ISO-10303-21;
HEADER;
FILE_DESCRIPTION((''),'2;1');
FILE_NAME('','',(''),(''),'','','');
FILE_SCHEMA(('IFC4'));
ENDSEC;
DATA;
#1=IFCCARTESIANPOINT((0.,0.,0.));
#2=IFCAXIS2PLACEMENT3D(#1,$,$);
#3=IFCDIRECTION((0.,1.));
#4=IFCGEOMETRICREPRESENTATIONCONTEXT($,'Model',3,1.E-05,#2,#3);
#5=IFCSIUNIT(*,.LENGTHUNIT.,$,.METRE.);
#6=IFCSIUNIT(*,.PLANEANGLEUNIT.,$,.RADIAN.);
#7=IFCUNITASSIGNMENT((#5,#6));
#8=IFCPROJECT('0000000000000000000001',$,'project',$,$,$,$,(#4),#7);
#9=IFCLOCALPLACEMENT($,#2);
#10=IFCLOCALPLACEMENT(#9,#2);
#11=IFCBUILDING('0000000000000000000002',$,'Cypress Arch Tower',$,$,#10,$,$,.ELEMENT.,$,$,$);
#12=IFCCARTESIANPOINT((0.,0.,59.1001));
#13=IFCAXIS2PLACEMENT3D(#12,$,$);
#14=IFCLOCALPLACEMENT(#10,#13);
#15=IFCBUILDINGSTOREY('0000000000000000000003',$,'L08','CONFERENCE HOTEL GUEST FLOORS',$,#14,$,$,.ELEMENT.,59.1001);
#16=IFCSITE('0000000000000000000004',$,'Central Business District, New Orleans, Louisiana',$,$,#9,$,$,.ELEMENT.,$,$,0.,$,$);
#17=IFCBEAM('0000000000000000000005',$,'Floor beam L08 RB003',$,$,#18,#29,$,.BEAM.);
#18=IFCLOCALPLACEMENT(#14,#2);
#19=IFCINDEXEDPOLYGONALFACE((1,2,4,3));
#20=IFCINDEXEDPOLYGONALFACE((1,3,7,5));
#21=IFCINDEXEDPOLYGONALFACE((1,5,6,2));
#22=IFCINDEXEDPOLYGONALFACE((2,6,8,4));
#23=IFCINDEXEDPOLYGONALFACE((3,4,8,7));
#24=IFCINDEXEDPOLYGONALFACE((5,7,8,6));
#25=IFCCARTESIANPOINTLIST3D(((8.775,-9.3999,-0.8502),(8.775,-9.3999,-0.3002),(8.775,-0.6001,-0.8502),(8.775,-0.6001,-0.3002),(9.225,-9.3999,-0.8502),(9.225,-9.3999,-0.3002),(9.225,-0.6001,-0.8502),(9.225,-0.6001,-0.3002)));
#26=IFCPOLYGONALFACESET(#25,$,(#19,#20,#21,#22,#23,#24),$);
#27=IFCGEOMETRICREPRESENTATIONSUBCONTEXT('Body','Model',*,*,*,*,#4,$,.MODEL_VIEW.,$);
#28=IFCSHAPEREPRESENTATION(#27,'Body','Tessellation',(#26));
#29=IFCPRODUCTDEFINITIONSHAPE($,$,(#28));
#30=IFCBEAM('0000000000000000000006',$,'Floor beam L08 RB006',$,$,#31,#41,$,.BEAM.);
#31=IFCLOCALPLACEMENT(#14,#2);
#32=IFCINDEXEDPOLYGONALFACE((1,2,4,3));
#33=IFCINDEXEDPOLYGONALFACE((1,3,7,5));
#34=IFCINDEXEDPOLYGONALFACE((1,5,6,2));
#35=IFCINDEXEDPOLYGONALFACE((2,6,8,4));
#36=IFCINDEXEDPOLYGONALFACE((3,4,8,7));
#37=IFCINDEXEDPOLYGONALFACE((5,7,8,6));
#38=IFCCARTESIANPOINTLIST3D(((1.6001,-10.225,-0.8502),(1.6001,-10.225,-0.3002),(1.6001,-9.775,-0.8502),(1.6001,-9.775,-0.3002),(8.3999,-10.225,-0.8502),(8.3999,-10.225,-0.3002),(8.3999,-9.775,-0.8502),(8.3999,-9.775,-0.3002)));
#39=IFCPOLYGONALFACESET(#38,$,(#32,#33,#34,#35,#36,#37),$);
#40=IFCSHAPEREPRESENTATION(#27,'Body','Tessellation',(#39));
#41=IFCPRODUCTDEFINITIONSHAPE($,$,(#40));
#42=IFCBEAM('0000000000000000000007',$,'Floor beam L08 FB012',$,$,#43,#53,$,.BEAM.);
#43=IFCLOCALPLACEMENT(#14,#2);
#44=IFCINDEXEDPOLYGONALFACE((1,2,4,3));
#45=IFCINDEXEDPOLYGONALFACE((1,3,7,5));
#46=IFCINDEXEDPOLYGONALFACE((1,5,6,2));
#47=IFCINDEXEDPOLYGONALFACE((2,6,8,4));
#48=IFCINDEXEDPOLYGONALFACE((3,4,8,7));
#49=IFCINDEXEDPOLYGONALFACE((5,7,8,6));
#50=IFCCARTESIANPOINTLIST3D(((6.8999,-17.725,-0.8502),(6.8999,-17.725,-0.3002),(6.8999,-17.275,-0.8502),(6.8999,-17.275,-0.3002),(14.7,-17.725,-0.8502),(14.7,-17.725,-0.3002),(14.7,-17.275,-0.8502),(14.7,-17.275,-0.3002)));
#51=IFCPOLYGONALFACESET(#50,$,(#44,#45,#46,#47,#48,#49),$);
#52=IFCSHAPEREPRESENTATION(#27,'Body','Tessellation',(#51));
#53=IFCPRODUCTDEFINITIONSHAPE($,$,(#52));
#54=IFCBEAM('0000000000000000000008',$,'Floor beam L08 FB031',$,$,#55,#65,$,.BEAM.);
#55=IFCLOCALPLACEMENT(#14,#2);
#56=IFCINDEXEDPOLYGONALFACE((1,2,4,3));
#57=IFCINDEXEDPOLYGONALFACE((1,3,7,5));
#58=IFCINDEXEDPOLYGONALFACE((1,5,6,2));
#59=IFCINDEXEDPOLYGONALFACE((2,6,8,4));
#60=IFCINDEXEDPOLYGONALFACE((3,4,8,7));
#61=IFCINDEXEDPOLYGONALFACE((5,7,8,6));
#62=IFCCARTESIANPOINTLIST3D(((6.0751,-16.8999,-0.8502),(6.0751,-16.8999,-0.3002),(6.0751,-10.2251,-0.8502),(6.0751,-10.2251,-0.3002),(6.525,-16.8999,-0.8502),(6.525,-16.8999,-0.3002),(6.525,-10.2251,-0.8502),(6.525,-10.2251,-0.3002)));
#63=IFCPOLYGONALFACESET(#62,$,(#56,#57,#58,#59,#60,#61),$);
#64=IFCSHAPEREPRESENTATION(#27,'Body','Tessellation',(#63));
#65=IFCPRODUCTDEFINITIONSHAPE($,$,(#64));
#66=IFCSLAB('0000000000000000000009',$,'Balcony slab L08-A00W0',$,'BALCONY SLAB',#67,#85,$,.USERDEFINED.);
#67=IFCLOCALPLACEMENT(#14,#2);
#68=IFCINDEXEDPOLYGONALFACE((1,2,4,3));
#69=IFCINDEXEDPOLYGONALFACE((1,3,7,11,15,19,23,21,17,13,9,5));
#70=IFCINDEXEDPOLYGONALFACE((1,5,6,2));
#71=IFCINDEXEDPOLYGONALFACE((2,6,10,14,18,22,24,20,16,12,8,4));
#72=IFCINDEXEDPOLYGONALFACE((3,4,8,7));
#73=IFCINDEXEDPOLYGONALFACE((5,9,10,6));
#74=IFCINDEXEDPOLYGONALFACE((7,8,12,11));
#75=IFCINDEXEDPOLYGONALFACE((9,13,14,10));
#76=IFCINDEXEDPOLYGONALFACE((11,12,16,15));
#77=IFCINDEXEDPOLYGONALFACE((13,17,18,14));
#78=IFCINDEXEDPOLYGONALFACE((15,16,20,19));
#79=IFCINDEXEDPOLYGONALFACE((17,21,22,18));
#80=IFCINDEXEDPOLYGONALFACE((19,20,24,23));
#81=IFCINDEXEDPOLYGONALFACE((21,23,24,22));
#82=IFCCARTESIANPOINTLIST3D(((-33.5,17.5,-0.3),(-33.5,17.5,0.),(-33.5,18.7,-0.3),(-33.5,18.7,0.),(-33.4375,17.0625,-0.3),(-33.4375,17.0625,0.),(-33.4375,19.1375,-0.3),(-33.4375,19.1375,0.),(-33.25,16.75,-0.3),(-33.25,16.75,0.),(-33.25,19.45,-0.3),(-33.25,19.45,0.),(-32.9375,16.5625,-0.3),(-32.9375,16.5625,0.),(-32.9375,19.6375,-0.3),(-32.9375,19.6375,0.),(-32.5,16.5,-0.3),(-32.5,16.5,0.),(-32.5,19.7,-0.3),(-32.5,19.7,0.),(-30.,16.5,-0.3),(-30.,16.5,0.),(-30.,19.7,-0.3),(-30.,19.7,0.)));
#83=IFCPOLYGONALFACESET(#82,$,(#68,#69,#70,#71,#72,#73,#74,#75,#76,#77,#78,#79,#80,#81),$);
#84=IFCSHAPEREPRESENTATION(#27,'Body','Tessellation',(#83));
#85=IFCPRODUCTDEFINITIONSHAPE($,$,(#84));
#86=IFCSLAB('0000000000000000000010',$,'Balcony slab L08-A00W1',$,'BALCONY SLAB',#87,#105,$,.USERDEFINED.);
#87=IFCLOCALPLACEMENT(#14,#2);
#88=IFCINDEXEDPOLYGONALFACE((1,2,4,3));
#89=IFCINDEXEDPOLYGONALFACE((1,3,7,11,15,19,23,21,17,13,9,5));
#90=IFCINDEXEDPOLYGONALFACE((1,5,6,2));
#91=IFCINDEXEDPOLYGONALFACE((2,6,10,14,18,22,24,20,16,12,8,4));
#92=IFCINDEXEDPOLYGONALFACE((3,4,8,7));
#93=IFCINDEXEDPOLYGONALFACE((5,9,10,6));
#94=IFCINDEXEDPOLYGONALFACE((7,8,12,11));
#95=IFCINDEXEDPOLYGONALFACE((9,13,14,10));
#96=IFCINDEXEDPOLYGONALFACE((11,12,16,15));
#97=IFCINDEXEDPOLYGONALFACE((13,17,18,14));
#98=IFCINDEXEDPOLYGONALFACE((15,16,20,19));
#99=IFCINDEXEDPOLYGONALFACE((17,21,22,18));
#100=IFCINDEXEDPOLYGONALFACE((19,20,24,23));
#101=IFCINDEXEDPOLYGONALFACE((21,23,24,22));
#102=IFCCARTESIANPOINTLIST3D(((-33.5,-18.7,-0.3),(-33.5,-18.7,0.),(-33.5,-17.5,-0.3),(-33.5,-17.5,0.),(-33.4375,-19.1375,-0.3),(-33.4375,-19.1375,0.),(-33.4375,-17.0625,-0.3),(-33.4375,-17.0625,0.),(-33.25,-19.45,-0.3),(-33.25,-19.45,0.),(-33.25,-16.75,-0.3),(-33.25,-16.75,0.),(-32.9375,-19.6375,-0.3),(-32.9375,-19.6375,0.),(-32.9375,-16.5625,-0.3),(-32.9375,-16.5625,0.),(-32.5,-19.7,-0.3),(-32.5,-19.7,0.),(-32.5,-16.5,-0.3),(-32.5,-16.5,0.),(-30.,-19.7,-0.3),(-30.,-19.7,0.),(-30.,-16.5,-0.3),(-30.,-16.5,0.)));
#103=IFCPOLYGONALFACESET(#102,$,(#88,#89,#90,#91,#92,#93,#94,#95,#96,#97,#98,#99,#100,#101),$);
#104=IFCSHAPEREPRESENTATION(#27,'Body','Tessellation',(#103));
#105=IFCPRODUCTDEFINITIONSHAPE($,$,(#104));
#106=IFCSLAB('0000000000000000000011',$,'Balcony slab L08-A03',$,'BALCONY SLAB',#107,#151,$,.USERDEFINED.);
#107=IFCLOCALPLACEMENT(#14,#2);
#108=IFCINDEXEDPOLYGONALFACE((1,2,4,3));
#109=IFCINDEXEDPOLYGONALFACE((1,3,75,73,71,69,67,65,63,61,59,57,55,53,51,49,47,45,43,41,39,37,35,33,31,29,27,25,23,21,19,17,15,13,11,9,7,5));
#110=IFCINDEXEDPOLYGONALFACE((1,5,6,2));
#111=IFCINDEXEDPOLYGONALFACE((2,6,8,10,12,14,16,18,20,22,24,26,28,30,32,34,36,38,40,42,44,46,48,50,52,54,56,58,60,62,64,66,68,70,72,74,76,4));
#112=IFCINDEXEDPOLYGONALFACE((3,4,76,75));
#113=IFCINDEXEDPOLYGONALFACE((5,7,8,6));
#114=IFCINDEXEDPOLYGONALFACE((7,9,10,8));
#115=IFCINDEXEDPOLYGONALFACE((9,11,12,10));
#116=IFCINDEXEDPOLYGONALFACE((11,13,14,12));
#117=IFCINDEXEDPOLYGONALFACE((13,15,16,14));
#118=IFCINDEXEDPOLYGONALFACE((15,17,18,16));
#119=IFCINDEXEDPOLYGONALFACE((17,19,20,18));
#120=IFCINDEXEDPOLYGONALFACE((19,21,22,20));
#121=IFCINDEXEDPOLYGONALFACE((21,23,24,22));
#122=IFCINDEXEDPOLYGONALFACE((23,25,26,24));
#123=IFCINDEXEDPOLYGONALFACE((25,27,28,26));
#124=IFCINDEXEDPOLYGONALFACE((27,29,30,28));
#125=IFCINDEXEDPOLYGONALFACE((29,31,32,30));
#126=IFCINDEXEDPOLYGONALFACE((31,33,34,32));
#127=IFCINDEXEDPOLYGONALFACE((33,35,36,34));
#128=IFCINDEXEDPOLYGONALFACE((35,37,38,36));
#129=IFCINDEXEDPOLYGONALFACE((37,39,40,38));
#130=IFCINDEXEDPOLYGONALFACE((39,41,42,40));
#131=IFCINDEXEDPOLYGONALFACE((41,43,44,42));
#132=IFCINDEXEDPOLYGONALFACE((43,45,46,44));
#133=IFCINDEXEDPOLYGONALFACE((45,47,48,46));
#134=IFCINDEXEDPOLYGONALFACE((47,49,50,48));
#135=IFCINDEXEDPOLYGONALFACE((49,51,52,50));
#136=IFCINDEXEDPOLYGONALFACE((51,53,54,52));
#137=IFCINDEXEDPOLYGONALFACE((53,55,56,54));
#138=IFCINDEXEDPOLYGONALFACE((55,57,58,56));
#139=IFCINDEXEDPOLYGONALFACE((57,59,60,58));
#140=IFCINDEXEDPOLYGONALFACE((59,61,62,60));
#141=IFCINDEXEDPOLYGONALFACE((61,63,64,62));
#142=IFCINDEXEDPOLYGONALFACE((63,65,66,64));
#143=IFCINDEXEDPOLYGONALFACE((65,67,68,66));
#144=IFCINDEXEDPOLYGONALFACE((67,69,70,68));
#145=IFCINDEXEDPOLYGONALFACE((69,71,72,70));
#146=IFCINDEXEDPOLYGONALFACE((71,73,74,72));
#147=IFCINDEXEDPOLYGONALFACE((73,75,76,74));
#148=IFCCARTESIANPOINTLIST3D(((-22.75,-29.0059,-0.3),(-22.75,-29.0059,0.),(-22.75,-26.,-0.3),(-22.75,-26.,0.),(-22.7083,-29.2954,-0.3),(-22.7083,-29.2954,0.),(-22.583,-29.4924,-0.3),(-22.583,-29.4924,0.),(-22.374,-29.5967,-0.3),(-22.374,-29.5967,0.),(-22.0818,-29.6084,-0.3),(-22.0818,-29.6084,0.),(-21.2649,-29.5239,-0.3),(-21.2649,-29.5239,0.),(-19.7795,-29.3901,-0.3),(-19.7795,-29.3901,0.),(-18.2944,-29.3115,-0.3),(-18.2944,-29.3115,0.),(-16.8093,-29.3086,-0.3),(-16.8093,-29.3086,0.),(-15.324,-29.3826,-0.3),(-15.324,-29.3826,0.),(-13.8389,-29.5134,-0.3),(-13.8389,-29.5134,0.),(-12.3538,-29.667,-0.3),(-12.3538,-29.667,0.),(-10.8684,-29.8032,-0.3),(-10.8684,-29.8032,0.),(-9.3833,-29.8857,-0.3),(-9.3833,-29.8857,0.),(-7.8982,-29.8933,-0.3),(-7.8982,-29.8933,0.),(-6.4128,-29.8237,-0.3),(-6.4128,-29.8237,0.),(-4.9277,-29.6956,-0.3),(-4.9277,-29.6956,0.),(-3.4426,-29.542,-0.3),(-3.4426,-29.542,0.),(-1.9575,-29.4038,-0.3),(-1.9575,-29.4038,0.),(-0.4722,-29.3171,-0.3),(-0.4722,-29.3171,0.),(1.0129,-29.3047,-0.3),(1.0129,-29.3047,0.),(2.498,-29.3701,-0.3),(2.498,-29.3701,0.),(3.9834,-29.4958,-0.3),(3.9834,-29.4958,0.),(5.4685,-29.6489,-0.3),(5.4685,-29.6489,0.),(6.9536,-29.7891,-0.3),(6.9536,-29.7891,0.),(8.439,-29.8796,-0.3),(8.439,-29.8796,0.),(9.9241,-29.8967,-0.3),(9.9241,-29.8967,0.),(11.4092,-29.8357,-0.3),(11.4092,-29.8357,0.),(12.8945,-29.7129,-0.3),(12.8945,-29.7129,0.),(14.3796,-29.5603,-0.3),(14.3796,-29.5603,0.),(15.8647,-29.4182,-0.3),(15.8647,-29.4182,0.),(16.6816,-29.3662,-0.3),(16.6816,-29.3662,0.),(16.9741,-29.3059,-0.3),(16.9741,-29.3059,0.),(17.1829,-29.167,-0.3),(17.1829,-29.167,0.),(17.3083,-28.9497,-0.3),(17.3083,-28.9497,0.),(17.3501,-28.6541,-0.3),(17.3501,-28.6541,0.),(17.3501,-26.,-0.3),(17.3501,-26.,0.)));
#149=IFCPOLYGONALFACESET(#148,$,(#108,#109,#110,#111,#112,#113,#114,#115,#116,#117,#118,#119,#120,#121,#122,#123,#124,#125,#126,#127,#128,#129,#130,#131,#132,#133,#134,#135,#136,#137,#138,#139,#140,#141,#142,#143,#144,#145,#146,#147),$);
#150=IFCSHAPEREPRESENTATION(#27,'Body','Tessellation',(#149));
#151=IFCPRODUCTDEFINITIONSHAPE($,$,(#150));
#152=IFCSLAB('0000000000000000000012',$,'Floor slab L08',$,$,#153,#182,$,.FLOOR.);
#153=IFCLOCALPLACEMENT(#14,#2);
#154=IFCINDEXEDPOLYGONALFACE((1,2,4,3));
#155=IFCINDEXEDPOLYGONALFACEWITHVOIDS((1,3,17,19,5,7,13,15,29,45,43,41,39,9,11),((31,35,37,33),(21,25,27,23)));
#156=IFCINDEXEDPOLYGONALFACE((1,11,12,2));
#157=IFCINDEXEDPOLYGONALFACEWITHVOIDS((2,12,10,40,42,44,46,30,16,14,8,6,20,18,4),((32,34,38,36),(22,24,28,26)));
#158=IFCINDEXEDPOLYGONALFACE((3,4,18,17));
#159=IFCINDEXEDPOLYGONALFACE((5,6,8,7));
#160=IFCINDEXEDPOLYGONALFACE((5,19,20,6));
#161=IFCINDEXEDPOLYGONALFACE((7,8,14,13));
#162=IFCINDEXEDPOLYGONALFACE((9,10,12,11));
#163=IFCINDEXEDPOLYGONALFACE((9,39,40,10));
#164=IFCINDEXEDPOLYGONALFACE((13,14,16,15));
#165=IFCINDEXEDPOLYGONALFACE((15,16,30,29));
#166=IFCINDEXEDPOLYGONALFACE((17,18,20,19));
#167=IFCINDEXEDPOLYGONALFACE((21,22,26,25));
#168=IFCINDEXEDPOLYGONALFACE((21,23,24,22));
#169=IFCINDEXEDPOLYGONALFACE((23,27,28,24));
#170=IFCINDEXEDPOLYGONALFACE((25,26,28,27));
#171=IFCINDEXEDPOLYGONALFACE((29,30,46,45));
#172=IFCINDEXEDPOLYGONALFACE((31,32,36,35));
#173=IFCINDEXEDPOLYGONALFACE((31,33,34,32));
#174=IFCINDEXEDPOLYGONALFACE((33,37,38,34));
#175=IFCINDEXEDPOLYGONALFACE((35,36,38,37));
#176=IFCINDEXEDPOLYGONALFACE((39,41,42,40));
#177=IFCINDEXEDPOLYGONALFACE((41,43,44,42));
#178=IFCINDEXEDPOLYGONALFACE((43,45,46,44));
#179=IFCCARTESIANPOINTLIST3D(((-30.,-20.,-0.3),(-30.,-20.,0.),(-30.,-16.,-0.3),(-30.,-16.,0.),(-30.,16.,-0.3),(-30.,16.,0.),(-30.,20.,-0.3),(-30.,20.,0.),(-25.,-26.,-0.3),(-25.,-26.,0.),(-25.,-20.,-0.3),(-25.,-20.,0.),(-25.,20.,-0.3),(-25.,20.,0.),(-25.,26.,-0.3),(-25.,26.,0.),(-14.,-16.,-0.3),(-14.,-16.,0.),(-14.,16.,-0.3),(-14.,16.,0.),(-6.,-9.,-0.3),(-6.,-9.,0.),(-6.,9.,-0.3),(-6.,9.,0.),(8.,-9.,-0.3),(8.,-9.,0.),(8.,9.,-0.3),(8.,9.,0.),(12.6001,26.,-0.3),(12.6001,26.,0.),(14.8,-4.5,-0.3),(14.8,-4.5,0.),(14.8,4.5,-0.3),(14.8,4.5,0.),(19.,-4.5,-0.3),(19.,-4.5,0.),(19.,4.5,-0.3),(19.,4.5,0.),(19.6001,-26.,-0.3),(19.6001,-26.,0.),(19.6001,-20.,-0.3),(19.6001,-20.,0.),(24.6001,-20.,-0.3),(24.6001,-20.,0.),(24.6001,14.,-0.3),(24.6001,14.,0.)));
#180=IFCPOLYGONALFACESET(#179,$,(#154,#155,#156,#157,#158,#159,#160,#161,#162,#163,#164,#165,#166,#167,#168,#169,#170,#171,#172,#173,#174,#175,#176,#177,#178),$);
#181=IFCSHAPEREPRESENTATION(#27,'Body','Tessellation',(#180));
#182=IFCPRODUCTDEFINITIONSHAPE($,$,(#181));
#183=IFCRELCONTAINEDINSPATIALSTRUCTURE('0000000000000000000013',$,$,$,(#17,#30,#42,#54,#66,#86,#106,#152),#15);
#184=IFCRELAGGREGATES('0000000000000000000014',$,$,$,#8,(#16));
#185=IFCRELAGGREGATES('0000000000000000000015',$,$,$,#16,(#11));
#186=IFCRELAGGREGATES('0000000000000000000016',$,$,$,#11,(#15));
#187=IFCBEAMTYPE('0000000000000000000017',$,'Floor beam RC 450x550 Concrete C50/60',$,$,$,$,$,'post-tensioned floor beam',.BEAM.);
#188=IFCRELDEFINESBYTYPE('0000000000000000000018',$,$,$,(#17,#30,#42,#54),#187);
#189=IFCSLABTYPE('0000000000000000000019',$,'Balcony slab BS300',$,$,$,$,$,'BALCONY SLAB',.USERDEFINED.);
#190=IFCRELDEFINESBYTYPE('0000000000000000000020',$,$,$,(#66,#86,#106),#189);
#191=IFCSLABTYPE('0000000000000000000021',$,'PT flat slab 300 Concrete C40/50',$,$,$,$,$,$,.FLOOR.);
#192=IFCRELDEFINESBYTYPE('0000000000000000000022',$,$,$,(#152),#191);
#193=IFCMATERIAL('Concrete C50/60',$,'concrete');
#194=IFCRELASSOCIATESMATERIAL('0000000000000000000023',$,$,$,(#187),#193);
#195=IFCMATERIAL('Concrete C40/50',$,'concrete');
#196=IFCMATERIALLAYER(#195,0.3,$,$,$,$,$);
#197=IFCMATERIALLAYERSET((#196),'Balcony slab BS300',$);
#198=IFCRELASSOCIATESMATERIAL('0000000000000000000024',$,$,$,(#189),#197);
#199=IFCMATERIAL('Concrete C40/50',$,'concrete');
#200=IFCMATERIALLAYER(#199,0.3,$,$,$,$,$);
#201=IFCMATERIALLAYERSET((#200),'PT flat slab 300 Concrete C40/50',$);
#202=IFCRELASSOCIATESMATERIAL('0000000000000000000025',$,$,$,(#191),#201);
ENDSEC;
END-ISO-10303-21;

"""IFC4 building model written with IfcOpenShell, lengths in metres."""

from ifc_helpers import new_model, si_unit, direction, frame, origin, origin_2d, place, context, subcontext, project, spatial, polyline, rectangle, outline, extrude, material, layer, layer_set, material_profile, profile_set, type_object, element, save


model = new_model("IFC4")

# Units and contexts
model_context = context("Model", 3, precision=1e-05, world=origin(), true_north=direction((0.0, 1.0)))
body_context = subcontext(model_context, "Body", "Model", "MODEL_VIEW")
ifc_project = project(units=[si_unit("LENGTHUNIT", "METRE"), si_unit("PLANEANGLEUNIT", "RADIAN")], contexts=[model_context])

# Site, building, storey
site_placement = place(None, origin())
site = spatial("IfcSite", under=ifc_project, at=site_placement, Name="Central Business District, New Orleans, Louisiana", CompositionType="ELEMENT", RefElevation=0.0)
building_placement = place(site_placement, origin())
building = spatial("IfcBuilding", under=site, at=building_placement, Name="Cypress Arch Tower", CompositionType="ELEMENT")
storey_placement = place(building_placement, frame((0.0, 0.0, 59.1001)))
storey = spatial("IfcBuildingStorey", under=building, at=storey_placement, Name="L08", Description="CONFERENCE HOTEL GUEST FLOORS", CompositionType="ELEMENT", Elevation=59.1001)

# Beams
ifc_material_1 = material(Name="Concrete C50/60", Category="concrete")
ifc_material_profile_1 = material_profile(ifc_material_1, rectangle(XDim=0.45, YDim=0.55, at=origin_2d()), Name="RC 450x550")
ifc_profile_set_1 = profile_set([ifc_material_profile_1], Name="Concrete C50/60")
beam_type_1 = type_object("IfcBeamType", Name="Floor beam RC 450x550 Concrete C50/60", ElementType="post-tensioned floor beam", PredefinedType="BEAM", material=ifc_profile_set_1)
beam_1_placement = place(storey_placement, frame((9.0, -9.3999, -0.5752), z_axis=(0.0, 1.0, 0.0), x_axis=(-1.0, 0.0, 0.0)))
element("IfcBeam", 1, at=beam_1_placement, inside=storey, type_object=beam_type_1, Name="Floor beam L08 RB003", PredefinedType="BEAM", context=body_context, shape_type="SweptSolid", body=[
    extrude(rectangle(XDim=0.45, YDim=0.55, at=origin_2d()), origin(), (0.0, 0.0, 1.0), 8.7998),
])
beam_2_placement = place(storey_placement, frame((1.6001, -10.0, -0.5752), z_axis=(1.0, 0.0, 0.0), x_axis=(0.0, 1.0, 0.0)))
element("IfcBeam", 2, at=beam_2_placement, inside=storey, type_object=beam_type_1, Name="Floor beam L08 RB006", PredefinedType="BEAM", context=body_context, shape_type="SweptSolid", body=[
    extrude(rectangle(XDim=0.45, YDim=0.55, at=origin_2d()), origin(), (0.0, 0.0, 1.0), 6.7998),
])
beam_3_placement = place(storey_placement, frame((6.8999, -17.5, -0.5752), z_axis=(1.0, 0.0, 0.0), x_axis=(0.0, 1.0, 0.0)))
element("IfcBeam", 3, at=beam_3_placement, inside=storey, type_object=beam_type_1, Name="Floor beam L08 FB012", PredefinedType="BEAM", context=body_context, shape_type="SweptSolid", body=[
    extrude(rectangle(XDim=0.45, YDim=0.55, at=origin_2d()), origin(), (0.0, 0.0, 1.0), 7.8),
])
beam_4_placement = place(storey_placement, frame((6.3, -16.8999, -0.5752), z_axis=(0.0, 1.0, 0.0), x_axis=(-1.0, 0.0, 0.0)))
element("IfcBeam", 4, at=beam_4_placement, inside=storey, type_object=beam_type_1, Name="Floor beam L08 FB031", PredefinedType="BEAM", context=body_context, shape_type="SweptSolid", body=[
    extrude(rectangle(XDim=0.45, YDim=0.55, at=origin_2d()), origin(), (0.0, 0.0, 1.0), 6.6748),
])

# Slabs
ifc_material_2 = material(Name="Concrete C40/50", Category="concrete")
ifc_layer_1 = layer(ifc_material_2, 0.3)
ifc_layer_set_1 = layer_set([ifc_layer_1], Name="Balcony slab BS300")
slab_type_1 = type_object("IfcSlabType", Name="Balcony slab BS300", ElementType="BALCONY SLAB", PredefinedType="USERDEFINED", material=ifc_layer_set_1)
slab_1_placement = place(storey_placement, frame((0.0, 0.0, -0.3)))
element("IfcSlab", 5, at=slab_1_placement, inside=storey, type_object=slab_type_1, Name="Balcony slab L08-A00W0", ObjectType="BALCONY SLAB", PredefinedType="USERDEFINED", context=body_context, shape_type="SweptSolid", body=[
    extrude(outline(polyline([(-30.0, 19.7), (-32.5, 19.7), (-32.9375, 19.6375), (-33.25, 19.45), (-33.4375, 19.1375), (-33.5, 18.7), (-33.5, 17.5), (-33.4375, 17.0625), (-33.25, 16.75), (-32.9375, 16.5625), (-32.5, 16.5), (-30.0, 16.5), (-30.0, 19.7)])), origin(), (0.0, 0.0, 1.0), 0.3),
])
slab_2_placement = place(storey_placement, frame((0.0, 0.0, -0.3)))
element("IfcSlab", 6, at=slab_2_placement, inside=storey, type_object=slab_type_1, Name="Balcony slab L08-A00W1", ObjectType="BALCONY SLAB", PredefinedType="USERDEFINED", context=body_context, shape_type="SweptSolid", body=[
    extrude(outline(polyline([(-30.0, -16.5), (-32.5, -16.5), (-32.9375, -16.5625), (-33.25, -16.75), (-33.4375, -17.0625), (-33.5, -17.5), (-33.5, -18.7), (-33.4375, -19.1375), (-33.25, -19.45), (-32.9375, -19.6375), (-32.5, -19.7), (-30.0, -19.7), (-30.0, -16.5)])), origin(), (0.0, 0.0, 1.0), 0.3),
])
slab_3_placement = place(storey_placement, frame((0.0, 0.0, -0.3)))
element("IfcSlab", 7, at=slab_3_placement, inside=storey, type_object=slab_type_1, Name="Balcony slab L08-A03", ObjectType="BALCONY SLAB", PredefinedType="USERDEFINED", context=body_context, shape_type="SweptSolid", body=[
    extrude(outline(polyline([(-22.75, -26.0), (-22.75, -29.0059), (-22.7083, -29.2954), (-22.583, -29.4924), (-22.374, -29.5967), (-22.0818, -29.6084), (-21.2649, -29.5239), (-19.7795, -29.3901), (-18.2944, -29.3115), (-16.8093, -29.3086), (-15.324, -29.3826), (-13.8389, -29.5134), (-12.3538, -29.667), (-10.8684, -29.8032), (-9.3833, -29.8857), (-7.8982, -29.8933), (-6.4128, -29.8237), (-4.9277, -29.6956), (-3.4426, -29.542), (-1.9575, -29.4038), (-0.4722, -29.3171), (1.0129, -29.3047), (2.498, -29.3701), (3.9834, -29.4958), (5.4685, -29.6489), (6.9536, -29.7891), (8.439, -29.8796), (9.9241, -29.8967), (11.4092, -29.8357), (12.8945, -29.7129), (14.3796, -29.5603), (15.8647, -29.4182), (16.6816, -29.3662), (16.9741, -29.3059), (17.1829, -29.167), (17.3083, -28.9497), (17.3501, -28.6541), (17.3501, -26.0), (-22.75, -26.0)])), origin(), (0.0, 0.0, 1.0), 0.3),
])
ifc_material_3 = material(Name="Concrete C40/50", Category="concrete")
ifc_layer_2 = layer(ifc_material_3, 0.3)
ifc_layer_set_2 = layer_set([ifc_layer_2], Name="PT flat slab 300 Concrete C40/50")
slab_type_2 = type_object("IfcSlabType", Name="PT flat slab 300 Concrete C40/50", PredefinedType="FLOOR", material=ifc_layer_set_2)
slab_4_placement = place(storey_placement, frame((0.0, 0.0, -0.3)))
element("IfcSlab", 8, at=slab_4_placement, inside=storey, type_object=slab_type_2, Name="Floor slab L08", PredefinedType="FLOOR", context=body_context, shape_type="SweptSolid", body=[
    extrude(outline(polyline([(-30.0, 20.0), (-25.0, 20.0), (-25.0, 26.0), (12.6001, 26.0), (24.6001, 14.0), (24.6001, -20.0), (19.6001, -20.0), (19.6001, -26.0), (-25.0, -26.0), (-25.0, -20.0), (-30.0, -20.0), (-30.0, -16.0), (-14.0, -16.0), (-14.0, 16.0), (-30.0, 16.0), (-30.0, 20.0)]), holes=[polyline([(-6.0, -9.0), (8.0, -9.0), (8.0, 9.0), (-6.0, 9.0), (-6.0, -9.0)]), polyline([(14.8, -4.5), (19.0, -4.5), (19.0, 4.5), (14.8, 4.5), (14.8, -4.5)])]), origin(), (0.0, 0.0, 1.0), 0.3),
])

save(model, "model.ifc")
